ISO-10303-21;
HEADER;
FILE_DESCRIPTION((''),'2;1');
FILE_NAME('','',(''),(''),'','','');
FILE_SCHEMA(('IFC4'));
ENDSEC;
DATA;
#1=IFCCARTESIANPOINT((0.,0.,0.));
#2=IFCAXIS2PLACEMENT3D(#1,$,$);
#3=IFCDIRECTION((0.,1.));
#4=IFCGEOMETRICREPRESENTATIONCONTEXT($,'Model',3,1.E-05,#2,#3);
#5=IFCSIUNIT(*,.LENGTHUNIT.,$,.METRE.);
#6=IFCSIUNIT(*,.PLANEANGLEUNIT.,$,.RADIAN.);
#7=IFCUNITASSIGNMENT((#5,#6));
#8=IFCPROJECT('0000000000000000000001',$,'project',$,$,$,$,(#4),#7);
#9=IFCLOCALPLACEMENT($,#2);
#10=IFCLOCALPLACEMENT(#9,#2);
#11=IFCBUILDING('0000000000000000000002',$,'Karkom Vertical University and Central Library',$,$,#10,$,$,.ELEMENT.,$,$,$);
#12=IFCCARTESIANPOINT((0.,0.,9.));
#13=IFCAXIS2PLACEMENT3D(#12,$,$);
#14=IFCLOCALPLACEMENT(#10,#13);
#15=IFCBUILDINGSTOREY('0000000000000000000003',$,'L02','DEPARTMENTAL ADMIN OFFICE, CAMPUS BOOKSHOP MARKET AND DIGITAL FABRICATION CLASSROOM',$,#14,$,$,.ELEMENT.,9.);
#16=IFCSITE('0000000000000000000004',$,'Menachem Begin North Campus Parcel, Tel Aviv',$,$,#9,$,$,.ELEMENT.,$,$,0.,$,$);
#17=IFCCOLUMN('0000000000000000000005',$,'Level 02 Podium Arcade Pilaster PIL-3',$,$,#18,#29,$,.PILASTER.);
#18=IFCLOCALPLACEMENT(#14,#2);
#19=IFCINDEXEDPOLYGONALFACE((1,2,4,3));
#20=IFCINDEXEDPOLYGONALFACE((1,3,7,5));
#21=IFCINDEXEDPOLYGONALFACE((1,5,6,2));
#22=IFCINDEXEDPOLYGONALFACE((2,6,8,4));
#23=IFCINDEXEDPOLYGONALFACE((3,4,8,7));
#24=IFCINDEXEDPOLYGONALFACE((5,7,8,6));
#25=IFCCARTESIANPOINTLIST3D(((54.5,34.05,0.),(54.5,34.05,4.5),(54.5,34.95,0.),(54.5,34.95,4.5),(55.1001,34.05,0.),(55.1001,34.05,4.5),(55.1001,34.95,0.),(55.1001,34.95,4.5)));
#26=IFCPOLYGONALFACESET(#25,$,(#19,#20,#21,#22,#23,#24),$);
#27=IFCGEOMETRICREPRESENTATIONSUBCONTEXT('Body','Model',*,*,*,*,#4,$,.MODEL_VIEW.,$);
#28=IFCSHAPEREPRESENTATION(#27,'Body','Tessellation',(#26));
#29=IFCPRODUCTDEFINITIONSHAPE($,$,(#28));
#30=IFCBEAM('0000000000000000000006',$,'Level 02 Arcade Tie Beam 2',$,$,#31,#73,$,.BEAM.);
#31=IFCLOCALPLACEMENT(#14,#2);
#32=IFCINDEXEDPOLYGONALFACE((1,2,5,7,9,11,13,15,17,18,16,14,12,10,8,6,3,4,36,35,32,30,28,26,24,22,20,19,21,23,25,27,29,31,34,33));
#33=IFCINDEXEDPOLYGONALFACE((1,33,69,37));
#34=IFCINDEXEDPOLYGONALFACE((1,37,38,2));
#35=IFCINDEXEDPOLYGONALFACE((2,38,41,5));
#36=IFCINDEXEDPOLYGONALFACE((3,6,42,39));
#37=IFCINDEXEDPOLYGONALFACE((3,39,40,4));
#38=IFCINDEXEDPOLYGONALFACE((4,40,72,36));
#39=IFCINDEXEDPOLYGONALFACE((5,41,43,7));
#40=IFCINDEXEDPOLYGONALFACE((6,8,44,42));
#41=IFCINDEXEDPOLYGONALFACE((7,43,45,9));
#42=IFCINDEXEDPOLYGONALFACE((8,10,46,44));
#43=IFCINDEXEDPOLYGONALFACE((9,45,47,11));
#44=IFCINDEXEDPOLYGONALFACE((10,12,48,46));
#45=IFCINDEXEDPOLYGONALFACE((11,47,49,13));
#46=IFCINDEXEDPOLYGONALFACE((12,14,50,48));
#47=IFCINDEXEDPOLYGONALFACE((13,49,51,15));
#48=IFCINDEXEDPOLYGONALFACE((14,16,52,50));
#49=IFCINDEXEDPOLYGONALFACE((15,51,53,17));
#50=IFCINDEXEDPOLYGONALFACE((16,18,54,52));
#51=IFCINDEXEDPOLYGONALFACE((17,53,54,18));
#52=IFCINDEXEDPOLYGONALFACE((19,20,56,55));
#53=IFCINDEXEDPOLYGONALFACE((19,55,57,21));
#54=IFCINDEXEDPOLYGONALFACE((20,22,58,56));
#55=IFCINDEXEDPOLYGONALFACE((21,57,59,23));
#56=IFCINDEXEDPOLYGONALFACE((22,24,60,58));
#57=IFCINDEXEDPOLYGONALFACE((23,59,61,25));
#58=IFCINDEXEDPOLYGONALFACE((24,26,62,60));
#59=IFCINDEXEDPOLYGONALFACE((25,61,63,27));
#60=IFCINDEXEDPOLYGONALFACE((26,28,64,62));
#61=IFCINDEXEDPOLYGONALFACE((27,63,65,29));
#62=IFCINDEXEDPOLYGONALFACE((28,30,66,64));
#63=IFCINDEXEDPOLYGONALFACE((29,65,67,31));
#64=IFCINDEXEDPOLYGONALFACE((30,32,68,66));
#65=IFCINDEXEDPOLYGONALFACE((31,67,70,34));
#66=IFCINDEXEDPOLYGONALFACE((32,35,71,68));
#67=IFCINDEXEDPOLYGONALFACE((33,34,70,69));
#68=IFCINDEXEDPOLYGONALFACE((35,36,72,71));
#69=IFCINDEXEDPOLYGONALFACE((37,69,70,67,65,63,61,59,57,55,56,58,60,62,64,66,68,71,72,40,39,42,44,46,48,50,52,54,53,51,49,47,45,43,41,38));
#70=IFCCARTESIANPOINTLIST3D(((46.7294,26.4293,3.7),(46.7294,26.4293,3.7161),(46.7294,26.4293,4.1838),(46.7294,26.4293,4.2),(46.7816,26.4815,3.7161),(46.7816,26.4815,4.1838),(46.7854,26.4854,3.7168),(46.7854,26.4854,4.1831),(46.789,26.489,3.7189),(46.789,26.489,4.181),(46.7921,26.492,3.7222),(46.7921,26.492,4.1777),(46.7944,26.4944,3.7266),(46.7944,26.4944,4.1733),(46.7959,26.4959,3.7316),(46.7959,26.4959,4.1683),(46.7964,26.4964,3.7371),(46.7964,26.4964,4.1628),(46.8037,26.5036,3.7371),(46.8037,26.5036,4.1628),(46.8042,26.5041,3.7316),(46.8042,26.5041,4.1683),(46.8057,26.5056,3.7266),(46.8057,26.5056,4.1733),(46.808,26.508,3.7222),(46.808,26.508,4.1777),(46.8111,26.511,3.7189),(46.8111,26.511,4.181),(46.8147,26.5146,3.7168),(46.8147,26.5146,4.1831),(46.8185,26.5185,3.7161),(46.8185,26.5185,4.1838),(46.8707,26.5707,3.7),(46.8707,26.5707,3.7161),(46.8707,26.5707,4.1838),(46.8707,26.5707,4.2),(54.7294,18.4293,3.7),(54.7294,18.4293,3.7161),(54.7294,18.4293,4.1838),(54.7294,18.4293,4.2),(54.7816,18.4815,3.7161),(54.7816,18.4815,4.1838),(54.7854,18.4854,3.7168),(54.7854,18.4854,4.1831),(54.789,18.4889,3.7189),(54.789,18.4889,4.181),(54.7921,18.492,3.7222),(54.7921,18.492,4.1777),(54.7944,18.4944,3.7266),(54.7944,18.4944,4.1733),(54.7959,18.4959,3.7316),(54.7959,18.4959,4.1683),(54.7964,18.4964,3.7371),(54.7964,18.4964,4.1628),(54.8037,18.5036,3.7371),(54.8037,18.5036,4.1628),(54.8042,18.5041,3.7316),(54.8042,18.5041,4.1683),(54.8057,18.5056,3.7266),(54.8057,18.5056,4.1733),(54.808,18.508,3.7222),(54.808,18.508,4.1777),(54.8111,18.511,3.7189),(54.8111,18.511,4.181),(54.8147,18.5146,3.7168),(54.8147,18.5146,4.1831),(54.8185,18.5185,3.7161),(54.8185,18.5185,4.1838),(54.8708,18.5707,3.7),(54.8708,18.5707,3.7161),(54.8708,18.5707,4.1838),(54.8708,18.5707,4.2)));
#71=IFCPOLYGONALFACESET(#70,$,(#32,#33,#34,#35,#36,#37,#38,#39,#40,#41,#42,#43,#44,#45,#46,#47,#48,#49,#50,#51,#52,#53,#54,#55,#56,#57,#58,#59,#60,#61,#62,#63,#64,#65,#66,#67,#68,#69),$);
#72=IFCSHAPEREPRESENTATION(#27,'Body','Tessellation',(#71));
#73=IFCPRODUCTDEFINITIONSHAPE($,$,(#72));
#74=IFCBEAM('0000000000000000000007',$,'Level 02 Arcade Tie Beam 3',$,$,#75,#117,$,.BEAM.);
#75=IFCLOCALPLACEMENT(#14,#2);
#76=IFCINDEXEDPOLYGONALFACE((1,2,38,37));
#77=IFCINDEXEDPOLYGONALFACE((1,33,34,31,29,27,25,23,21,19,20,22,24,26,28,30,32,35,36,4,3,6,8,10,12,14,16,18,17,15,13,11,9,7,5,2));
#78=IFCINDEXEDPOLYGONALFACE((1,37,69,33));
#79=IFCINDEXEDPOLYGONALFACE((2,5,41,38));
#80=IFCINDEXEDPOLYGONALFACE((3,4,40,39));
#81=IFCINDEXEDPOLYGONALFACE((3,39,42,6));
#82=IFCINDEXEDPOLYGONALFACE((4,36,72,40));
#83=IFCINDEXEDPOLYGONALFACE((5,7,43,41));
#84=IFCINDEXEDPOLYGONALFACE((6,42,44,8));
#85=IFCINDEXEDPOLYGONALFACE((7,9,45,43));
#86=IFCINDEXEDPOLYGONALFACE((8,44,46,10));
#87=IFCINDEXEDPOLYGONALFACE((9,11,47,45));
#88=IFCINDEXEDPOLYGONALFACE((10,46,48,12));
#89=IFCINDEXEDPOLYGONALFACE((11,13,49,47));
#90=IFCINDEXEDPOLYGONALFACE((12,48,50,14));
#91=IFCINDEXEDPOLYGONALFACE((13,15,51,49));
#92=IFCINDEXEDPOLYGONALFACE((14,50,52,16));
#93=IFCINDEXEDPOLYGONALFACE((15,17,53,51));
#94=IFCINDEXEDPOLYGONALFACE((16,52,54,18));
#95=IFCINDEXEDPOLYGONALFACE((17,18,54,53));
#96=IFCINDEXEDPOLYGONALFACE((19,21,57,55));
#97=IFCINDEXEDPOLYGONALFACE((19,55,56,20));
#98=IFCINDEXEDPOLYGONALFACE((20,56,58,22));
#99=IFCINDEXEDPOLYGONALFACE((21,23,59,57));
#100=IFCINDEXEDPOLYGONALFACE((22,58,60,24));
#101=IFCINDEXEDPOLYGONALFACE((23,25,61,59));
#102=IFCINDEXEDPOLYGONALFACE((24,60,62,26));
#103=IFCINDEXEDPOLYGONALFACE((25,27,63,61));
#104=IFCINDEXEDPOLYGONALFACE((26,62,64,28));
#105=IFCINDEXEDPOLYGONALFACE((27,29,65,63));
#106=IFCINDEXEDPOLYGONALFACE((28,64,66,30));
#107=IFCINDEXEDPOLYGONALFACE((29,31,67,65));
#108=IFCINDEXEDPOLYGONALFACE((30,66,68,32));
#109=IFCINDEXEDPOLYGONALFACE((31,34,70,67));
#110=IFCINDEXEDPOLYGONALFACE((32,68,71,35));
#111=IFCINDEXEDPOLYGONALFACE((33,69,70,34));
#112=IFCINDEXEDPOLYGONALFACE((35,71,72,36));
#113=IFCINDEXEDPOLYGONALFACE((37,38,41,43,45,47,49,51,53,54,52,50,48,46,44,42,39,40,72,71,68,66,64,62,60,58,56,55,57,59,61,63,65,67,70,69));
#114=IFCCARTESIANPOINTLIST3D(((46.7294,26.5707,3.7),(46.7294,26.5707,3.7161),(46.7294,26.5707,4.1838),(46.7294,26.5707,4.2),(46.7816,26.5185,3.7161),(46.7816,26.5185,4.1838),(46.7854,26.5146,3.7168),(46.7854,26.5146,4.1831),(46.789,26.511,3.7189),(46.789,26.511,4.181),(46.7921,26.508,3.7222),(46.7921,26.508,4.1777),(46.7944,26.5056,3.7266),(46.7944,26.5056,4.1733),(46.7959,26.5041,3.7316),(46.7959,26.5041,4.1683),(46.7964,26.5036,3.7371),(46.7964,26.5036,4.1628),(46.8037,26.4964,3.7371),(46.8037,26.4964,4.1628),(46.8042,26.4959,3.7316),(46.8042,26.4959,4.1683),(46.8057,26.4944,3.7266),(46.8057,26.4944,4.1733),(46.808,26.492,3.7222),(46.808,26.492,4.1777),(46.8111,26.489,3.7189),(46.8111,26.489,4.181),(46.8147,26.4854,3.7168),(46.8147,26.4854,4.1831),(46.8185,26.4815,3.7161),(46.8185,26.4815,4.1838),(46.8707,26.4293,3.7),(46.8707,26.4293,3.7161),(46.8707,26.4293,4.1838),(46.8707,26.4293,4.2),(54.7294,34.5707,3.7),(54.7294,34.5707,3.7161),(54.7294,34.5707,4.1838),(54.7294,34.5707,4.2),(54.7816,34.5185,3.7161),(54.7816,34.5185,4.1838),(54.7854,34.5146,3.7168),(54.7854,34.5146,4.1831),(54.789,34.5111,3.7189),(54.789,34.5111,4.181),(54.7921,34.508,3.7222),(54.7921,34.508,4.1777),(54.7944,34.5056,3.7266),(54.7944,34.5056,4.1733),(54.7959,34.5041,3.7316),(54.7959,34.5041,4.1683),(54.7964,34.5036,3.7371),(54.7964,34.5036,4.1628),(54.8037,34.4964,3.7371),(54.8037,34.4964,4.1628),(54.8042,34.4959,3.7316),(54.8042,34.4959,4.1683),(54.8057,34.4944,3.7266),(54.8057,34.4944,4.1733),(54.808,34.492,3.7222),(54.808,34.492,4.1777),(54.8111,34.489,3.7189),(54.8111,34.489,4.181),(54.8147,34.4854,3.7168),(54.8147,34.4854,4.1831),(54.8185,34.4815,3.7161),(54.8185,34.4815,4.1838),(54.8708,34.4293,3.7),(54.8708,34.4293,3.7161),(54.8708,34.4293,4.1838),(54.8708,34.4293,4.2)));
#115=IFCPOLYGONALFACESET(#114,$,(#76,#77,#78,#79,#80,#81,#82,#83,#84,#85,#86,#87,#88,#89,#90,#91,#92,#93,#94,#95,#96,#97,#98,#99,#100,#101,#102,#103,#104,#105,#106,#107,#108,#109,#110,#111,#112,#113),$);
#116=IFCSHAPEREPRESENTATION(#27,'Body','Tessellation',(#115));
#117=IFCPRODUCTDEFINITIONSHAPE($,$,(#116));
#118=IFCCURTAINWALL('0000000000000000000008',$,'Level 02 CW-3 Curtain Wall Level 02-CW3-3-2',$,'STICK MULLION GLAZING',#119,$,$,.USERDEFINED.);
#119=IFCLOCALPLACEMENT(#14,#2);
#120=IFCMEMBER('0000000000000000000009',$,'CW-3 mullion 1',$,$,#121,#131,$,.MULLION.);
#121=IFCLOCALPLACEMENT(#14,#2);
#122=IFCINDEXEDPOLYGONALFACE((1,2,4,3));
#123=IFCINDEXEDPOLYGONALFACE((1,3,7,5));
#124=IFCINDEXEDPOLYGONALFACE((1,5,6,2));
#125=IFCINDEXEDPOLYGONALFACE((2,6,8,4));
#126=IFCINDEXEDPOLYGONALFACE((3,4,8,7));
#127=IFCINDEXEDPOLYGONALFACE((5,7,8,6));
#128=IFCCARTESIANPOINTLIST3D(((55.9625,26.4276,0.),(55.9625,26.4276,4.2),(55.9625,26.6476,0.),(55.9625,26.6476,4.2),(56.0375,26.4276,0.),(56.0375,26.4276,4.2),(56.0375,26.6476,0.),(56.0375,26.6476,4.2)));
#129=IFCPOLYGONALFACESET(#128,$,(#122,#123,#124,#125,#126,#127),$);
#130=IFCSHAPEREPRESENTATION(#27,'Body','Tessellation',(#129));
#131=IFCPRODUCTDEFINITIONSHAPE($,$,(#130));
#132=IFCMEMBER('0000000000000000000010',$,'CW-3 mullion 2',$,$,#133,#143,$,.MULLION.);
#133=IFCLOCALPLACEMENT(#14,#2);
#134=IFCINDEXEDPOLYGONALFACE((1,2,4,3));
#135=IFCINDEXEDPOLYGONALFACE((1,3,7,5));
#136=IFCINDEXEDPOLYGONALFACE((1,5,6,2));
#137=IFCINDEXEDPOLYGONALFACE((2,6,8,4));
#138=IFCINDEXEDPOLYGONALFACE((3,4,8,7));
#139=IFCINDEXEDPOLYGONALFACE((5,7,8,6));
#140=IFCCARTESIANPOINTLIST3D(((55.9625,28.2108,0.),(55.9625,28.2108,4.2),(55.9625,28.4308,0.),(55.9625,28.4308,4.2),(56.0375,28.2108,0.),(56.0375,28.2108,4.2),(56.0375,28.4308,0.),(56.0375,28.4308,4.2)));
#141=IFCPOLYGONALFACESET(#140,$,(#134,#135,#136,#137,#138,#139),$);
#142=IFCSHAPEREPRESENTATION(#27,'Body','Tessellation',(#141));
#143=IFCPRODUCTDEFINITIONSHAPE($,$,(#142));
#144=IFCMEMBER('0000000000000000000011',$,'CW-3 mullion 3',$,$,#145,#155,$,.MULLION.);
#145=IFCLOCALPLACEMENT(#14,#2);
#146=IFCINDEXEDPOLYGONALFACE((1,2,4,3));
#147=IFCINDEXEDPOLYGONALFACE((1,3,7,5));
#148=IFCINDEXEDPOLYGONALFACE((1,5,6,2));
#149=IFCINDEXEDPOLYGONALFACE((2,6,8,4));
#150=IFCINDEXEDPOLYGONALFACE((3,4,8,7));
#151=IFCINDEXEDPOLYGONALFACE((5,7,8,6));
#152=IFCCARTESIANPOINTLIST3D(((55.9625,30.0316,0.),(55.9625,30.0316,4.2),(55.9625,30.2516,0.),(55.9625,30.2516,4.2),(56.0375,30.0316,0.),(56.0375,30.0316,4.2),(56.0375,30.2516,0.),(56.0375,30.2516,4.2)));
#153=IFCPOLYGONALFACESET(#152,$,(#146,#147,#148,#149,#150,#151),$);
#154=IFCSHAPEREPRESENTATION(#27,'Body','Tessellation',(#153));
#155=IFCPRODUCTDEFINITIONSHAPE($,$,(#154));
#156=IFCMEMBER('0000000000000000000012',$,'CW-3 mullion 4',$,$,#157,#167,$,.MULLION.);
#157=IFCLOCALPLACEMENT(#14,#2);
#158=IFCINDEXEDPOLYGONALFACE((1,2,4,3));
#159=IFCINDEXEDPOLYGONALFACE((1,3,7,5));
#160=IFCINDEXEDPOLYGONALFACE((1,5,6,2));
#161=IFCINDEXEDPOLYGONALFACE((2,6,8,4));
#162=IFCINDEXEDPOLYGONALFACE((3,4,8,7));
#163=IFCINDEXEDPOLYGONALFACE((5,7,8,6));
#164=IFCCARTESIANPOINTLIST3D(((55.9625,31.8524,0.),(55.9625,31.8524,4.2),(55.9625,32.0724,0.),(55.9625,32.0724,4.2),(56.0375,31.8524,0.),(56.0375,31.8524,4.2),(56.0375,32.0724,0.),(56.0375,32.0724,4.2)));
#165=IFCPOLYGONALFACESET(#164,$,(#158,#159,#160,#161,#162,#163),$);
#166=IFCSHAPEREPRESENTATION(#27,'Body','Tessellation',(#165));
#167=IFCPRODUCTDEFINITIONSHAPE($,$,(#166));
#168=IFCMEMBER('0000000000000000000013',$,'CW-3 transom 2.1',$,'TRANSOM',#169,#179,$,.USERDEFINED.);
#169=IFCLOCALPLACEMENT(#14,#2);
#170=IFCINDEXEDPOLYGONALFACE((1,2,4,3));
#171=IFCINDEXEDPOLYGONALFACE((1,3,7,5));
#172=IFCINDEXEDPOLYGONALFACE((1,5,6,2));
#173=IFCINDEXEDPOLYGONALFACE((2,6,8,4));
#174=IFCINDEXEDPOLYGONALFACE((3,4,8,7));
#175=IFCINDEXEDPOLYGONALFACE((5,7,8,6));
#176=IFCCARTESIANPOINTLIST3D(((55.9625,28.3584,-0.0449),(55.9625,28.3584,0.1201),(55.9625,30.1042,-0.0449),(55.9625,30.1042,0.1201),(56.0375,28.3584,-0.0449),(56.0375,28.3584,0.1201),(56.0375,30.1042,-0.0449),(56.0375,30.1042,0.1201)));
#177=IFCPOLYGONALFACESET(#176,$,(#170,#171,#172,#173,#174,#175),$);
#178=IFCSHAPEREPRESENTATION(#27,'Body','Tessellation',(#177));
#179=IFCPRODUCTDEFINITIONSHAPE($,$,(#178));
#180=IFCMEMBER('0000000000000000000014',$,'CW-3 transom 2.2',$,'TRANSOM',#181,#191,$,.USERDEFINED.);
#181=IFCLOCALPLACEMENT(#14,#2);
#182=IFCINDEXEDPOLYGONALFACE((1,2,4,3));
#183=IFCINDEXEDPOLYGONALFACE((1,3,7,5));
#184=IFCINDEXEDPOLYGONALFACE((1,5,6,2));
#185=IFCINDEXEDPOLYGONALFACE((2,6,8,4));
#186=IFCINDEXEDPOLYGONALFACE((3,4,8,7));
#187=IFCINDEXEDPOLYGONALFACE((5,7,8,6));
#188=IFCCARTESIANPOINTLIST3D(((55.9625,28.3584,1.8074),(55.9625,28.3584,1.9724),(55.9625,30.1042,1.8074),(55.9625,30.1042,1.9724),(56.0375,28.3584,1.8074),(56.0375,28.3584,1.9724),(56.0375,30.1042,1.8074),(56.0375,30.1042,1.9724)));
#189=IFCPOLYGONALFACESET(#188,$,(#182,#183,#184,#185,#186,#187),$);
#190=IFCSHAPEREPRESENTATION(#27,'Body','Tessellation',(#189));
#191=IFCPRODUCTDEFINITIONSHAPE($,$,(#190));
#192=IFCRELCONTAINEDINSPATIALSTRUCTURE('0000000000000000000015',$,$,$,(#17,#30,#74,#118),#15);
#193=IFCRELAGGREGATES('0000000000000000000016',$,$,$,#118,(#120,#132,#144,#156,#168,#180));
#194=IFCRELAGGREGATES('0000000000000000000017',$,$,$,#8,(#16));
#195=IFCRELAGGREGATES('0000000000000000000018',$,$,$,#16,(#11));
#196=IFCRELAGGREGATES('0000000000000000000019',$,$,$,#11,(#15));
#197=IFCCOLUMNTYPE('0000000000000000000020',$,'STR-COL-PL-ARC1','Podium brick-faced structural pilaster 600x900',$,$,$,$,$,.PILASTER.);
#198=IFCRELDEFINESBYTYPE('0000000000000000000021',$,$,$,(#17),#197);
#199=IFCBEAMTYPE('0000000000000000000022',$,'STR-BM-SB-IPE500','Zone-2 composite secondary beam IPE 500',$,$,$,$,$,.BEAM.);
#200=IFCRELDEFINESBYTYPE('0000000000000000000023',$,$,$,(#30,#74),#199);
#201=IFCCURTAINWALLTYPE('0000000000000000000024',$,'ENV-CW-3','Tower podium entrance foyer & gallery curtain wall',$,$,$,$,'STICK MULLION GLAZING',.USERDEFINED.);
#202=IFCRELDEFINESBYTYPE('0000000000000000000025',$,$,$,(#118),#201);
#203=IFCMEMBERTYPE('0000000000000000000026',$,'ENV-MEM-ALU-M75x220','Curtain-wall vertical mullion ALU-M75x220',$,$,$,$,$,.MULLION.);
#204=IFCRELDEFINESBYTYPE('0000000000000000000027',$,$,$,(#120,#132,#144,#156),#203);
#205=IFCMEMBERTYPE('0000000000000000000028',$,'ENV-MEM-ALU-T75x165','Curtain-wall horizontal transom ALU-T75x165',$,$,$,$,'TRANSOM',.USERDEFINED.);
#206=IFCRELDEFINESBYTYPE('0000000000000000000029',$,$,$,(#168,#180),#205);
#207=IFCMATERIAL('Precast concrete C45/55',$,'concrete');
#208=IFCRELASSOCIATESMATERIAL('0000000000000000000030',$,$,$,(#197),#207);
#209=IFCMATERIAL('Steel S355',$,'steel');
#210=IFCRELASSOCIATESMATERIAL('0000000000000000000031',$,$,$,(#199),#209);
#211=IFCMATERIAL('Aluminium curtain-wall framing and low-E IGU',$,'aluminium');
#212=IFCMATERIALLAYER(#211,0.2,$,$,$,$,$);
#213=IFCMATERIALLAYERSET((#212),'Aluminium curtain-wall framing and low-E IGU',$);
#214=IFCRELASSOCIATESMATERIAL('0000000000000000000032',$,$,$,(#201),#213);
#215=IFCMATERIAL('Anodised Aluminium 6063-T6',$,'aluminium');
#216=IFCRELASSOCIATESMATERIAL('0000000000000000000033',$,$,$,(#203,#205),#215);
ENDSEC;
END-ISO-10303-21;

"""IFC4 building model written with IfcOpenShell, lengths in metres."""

from ifc_helpers import new_model, si_unit, direction, frame, origin, origin_with_axes, origin_2d, place, context, subcontext, project, spatial, rectangle, i_section, extrude, source, transform, mapped, material, layer, layer_set, material_profile, profile_set, type_object, element, aggregate, save


model = new_model("IFC4")

# Units and contexts
model_context = context("Model", 3, precision=1e-05, world=origin(), true_north=direction((0.0, 1.0)))
body_context = subcontext(model_context, "Body", "Model", "MODEL_VIEW")
ifc_project = project(units=[si_unit("LENGTHUNIT", "METRE"), si_unit("PLANEANGLEUNIT", "RADIAN")], contexts=[model_context])

# Site, building, storey
site_placement = place(None, origin())
site = spatial("IfcSite", under=ifc_project, at=site_placement, Name="Menachem Begin North Campus Parcel, Tel Aviv", CompositionType="ELEMENT", RefElevation=0.0)
building_placement = place(site_placement, origin())
building = spatial("IfcBuilding", under=site, at=building_placement, Name="Karkom Vertical University and Central Library", CompositionType="ELEMENT")
storey_placement = place(building_placement, frame((0.0, 0.0, 9.0)))
storey = spatial("IfcBuildingStorey", under=building, at=storey_placement, Name="L02", Description="DEPARTMENTAL ADMIN OFFICE, CAMPUS BOOKSHOP MARKET AND DIGITAL FABRICATION CLASSROOM", CompositionType="ELEMENT", Elevation=9.0)

# Column
ifc_material_1 = material(Name="Precast concrete C45/55", Category="concrete")
ifc_material_profile_1 = material_profile(ifc_material_1, rectangle(XDim=0.6001, YDim=0.8999, at=origin_2d()), Name="PIL-600x900")
ifc_profile_set_1 = profile_set([ifc_material_profile_1], Name="Precast concrete C45/55")
column_type = type_object("IfcColumnType", Name="STR-COL-PL-ARC1", Description="Podium brick-faced structural pilaster 600x900", PredefinedType="PILASTER", material=ifc_profile_set_1)
shared_shape_1 = source(origin_with_axes(), body_context, "Body", "SweptSolid", [
    extrude(rectangle(XDim=0.6001, YDim=0.8999, at=origin_2d()), origin(), (0.0, 0.0, 1.0), 4.5),
])
column_placement = place(storey_placement, frame((54.8, 34.5, 0.0), z_axis=(0.0, 0.0, 1.0), x_axis=(1.0, 0.0, 0.0)))
element("IfcColumn", 1, at=column_placement, inside=storey, type_object=column_type, Name="Level 02 Podium Arcade Pilaster PIL-3", PredefinedType="PILASTER", context=body_context, shape_type="MappedRepresentation", body=[
    mapped(shared_shape_1, transform((0.0, 0.0, 0.0), scale=1.0)),
])

# Beams
ifc_material_2 = material(Name="Steel S355", Category="steel")
ifc_material_profile_2 = material_profile(ifc_material_2, i_section(OverallWidth=0.2, OverallDepth=0.5, WebThickness=0.0103, FlangeThickness=0.0161, FilletRadius=0.021, at=origin_2d()), Name="IPE 500")
ifc_profile_set_2 = profile_set([ifc_material_profile_2], Name="Steel S355")
beam_type = type_object("IfcBeamType", Name="STR-BM-SB-IPE500", Description="Zone-2 composite secondary beam IPE 500", PredefinedType="BEAM", material=ifc_profile_set_2)
shared_shape_2 = source(origin_with_axes(), body_context, "Body", "SweptSolid", [
    extrude(i_section(OverallWidth=0.2, OverallDepth=0.5, WebThickness=0.0103, FlangeThickness=0.0161, FilletRadius=0.021, at=origin_2d()), origin(), (0.0, 0.0, 1.0), 11.3137),
])
for number, where, z_axis, x_axis, name in (
    (2, (46.8, 26.5, 3.95), (0.707107, -0.707107, 0.0), (0.707107, 0.707107, 0.0), "Level 02 Arcade Tie Beam 2"),
    (3, (46.8, 26.5, 3.95), (0.707107, 0.707107, 0.0), (-0.707107, 0.707107, 0.0), "Level 02 Arcade Tie Beam 3"),
):
    element("IfcBeam", number, at=place(storey_placement, frame(where, z_axis=z_axis, x_axis=x_axis)), inside=storey, type_object=beam_type, Name=name, PredefinedType="BEAM", context=body_context, shape_type="MappedRepresentation", body=[
        mapped(shared_shape_2, transform((0.0, 0.0, 0.0), scale=1.0)),
    ])

# Curtain wall, members
ifc_material_3 = material(Name="Aluminium curtain-wall framing and low-E IGU", Category="aluminium")
ifc_layer_1 = layer(ifc_material_3, 0.2)
ifc_layer_set_1 = layer_set([ifc_layer_1], Name="Aluminium curtain-wall framing and low-E IGU")
curtain_wall_type = type_object("IfcCurtainWallType", Name="ENV-CW-3", Description="Tower podium entrance foyer & gallery curtain wall", ElementType="STICK MULLION GLAZING", PredefinedType="USERDEFINED", material=ifc_layer_set_1)
curtain_wall_placement = place(storey_placement, origin())
curtain_wall = element("IfcCurtainWall", 4, at=curtain_wall_placement, inside=storey, type_object=curtain_wall_type, Name="Level 02 CW-3 Curtain Wall Level 02-CW3-3-2", ObjectType="STICK MULLION GLAZING", PredefinedType="USERDEFINED")
ifc_material_4 = material(Name="Anodised Aluminium 6063-T6", Category="aluminium")
ifc_material_profile_3 = material_profile(ifc_material_4, rectangle(XDim=0.075, YDim=0.22, at=origin_2d()), Name="ALU-M75x220")
ifc_profile_set_3 = profile_set([ifc_material_profile_3], Name="Anodised Aluminium 6063-T6")
member_type_1 = type_object("IfcMemberType", Name="ENV-MEM-ALU-M75x220", Description="Curtain-wall vertical mullion ALU-M75x220", PredefinedType="MULLION", material=ifc_profile_set_3)
shared_shape_3 = source(origin_with_axes(), body_context, "Body", "SweptSolid", [
    extrude(rectangle(XDim=0.075, YDim=0.22, at=origin_2d()), origin(), (0.0, 0.0, 1.0), 4.2),
])
member_1_placement = place(storey_placement, frame((56.0, 26.5376, 0.0), z_axis=(0.0, 0.0, 1.0), x_axis=(-1.0, 0.0, 0.0)))
member_1 = element("IfcMember", 5, at=member_1_placement, type_object=member_type_1, Name="CW-3 mullion 1", PredefinedType="MULLION", context=body_context, shape_type="MappedRepresentation", body=[
    mapped(shared_shape_3, transform((0.0, 0.0, 0.0), scale=1.0)),
])
member_2_placement = place(storey_placement, frame((56.0, 28.3208, 0.0), z_axis=(0.0, 0.0, 1.0), x_axis=(-1.0, 0.0, 0.0)))
member_2 = element("IfcMember", 6, at=member_2_placement, type_object=member_type_1, Name="CW-3 mullion 2", PredefinedType="MULLION", context=body_context, shape_type="MappedRepresentation", body=[
    mapped(shared_shape_3, transform((0.0, 0.0, 0.0), scale=1.0)),
])
member_3_placement = place(storey_placement, frame((56.0, 30.1416, 0.0), z_axis=(0.0, 0.0, 1.0), x_axis=(-1.0, 0.0, 0.0)))
member_3 = element("IfcMember", 7, at=member_3_placement, type_object=member_type_1, Name="CW-3 mullion 3", PredefinedType="MULLION", context=body_context, shape_type="MappedRepresentation", body=[
    mapped(shared_shape_3, transform((0.0, 0.0, 0.0), scale=1.0)),
])
member_4_placement = place(storey_placement, frame((56.0, 31.9624, 0.0), z_axis=(0.0, 0.0, 1.0), x_axis=(-1.0, 0.0, 0.0)))
member_4 = element("IfcMember", 8, at=member_4_placement, type_object=member_type_1, Name="CW-3 mullion 4", PredefinedType="MULLION", context=body_context, shape_type="MappedRepresentation", body=[
    mapped(shared_shape_3, transform((0.0, 0.0, 0.0), scale=1.0)),
])
ifc_material_profile_4 = material_profile(ifc_material_4, rectangle(XDim=0.075, YDim=0.165, at=origin_2d()), Name="ALU-T75x165")
ifc_profile_set_4 = profile_set([ifc_material_profile_4], Name="Anodised Aluminium 6063-T6")
member_type_2 = type_object("IfcMemberType", Name="ENV-MEM-ALU-T75x165", Description="Curtain-wall horizontal transom ALU-T75x165", ElementType="TRANSOM", PredefinedType="USERDEFINED", material=ifc_profile_set_4)
shared_shape_4 = source(origin_with_axes(), body_context, "Body", "SweptSolid", [
    extrude(rectangle(XDim=0.075, YDim=0.165, at=origin_2d()), origin(), (0.0, 0.0, 1.0), 1.7458),
])
member_5_placement = place(storey_placement, frame((56.0, 28.3584, 0.0376), z_axis=(0.0, 1.0, 0.0), x_axis=(-1.0, 0.0, 0.0)))
member_5 = element("IfcMember", 9, at=member_5_placement, type_object=member_type_2, Name="CW-3 transom 2.1", ObjectType="TRANSOM", PredefinedType="USERDEFINED", context=body_context, shape_type="MappedRepresentation", body=[
    mapped(shared_shape_4, transform((0.0, 0.0, 0.0), scale=1.0)),
])
member_6_placement = place(storey_placement, frame((56.0, 28.3584, 1.8899), z_axis=(0.0, 1.0, 0.0), x_axis=(-1.0, 0.0, 0.0)))
member_6 = element("IfcMember", 10, at=member_6_placement, type_object=member_type_2, Name="CW-3 transom 2.2", ObjectType="TRANSOM", PredefinedType="USERDEFINED", context=body_context, shape_type="MappedRepresentation", body=[
    mapped(shared_shape_4, transform((0.0, 0.0, 0.0), scale=1.0)),
])
aggregate(curtain_wall, [member_1, member_2, member_3, member_4, member_5, member_6])

save(model, "model.ifc")
